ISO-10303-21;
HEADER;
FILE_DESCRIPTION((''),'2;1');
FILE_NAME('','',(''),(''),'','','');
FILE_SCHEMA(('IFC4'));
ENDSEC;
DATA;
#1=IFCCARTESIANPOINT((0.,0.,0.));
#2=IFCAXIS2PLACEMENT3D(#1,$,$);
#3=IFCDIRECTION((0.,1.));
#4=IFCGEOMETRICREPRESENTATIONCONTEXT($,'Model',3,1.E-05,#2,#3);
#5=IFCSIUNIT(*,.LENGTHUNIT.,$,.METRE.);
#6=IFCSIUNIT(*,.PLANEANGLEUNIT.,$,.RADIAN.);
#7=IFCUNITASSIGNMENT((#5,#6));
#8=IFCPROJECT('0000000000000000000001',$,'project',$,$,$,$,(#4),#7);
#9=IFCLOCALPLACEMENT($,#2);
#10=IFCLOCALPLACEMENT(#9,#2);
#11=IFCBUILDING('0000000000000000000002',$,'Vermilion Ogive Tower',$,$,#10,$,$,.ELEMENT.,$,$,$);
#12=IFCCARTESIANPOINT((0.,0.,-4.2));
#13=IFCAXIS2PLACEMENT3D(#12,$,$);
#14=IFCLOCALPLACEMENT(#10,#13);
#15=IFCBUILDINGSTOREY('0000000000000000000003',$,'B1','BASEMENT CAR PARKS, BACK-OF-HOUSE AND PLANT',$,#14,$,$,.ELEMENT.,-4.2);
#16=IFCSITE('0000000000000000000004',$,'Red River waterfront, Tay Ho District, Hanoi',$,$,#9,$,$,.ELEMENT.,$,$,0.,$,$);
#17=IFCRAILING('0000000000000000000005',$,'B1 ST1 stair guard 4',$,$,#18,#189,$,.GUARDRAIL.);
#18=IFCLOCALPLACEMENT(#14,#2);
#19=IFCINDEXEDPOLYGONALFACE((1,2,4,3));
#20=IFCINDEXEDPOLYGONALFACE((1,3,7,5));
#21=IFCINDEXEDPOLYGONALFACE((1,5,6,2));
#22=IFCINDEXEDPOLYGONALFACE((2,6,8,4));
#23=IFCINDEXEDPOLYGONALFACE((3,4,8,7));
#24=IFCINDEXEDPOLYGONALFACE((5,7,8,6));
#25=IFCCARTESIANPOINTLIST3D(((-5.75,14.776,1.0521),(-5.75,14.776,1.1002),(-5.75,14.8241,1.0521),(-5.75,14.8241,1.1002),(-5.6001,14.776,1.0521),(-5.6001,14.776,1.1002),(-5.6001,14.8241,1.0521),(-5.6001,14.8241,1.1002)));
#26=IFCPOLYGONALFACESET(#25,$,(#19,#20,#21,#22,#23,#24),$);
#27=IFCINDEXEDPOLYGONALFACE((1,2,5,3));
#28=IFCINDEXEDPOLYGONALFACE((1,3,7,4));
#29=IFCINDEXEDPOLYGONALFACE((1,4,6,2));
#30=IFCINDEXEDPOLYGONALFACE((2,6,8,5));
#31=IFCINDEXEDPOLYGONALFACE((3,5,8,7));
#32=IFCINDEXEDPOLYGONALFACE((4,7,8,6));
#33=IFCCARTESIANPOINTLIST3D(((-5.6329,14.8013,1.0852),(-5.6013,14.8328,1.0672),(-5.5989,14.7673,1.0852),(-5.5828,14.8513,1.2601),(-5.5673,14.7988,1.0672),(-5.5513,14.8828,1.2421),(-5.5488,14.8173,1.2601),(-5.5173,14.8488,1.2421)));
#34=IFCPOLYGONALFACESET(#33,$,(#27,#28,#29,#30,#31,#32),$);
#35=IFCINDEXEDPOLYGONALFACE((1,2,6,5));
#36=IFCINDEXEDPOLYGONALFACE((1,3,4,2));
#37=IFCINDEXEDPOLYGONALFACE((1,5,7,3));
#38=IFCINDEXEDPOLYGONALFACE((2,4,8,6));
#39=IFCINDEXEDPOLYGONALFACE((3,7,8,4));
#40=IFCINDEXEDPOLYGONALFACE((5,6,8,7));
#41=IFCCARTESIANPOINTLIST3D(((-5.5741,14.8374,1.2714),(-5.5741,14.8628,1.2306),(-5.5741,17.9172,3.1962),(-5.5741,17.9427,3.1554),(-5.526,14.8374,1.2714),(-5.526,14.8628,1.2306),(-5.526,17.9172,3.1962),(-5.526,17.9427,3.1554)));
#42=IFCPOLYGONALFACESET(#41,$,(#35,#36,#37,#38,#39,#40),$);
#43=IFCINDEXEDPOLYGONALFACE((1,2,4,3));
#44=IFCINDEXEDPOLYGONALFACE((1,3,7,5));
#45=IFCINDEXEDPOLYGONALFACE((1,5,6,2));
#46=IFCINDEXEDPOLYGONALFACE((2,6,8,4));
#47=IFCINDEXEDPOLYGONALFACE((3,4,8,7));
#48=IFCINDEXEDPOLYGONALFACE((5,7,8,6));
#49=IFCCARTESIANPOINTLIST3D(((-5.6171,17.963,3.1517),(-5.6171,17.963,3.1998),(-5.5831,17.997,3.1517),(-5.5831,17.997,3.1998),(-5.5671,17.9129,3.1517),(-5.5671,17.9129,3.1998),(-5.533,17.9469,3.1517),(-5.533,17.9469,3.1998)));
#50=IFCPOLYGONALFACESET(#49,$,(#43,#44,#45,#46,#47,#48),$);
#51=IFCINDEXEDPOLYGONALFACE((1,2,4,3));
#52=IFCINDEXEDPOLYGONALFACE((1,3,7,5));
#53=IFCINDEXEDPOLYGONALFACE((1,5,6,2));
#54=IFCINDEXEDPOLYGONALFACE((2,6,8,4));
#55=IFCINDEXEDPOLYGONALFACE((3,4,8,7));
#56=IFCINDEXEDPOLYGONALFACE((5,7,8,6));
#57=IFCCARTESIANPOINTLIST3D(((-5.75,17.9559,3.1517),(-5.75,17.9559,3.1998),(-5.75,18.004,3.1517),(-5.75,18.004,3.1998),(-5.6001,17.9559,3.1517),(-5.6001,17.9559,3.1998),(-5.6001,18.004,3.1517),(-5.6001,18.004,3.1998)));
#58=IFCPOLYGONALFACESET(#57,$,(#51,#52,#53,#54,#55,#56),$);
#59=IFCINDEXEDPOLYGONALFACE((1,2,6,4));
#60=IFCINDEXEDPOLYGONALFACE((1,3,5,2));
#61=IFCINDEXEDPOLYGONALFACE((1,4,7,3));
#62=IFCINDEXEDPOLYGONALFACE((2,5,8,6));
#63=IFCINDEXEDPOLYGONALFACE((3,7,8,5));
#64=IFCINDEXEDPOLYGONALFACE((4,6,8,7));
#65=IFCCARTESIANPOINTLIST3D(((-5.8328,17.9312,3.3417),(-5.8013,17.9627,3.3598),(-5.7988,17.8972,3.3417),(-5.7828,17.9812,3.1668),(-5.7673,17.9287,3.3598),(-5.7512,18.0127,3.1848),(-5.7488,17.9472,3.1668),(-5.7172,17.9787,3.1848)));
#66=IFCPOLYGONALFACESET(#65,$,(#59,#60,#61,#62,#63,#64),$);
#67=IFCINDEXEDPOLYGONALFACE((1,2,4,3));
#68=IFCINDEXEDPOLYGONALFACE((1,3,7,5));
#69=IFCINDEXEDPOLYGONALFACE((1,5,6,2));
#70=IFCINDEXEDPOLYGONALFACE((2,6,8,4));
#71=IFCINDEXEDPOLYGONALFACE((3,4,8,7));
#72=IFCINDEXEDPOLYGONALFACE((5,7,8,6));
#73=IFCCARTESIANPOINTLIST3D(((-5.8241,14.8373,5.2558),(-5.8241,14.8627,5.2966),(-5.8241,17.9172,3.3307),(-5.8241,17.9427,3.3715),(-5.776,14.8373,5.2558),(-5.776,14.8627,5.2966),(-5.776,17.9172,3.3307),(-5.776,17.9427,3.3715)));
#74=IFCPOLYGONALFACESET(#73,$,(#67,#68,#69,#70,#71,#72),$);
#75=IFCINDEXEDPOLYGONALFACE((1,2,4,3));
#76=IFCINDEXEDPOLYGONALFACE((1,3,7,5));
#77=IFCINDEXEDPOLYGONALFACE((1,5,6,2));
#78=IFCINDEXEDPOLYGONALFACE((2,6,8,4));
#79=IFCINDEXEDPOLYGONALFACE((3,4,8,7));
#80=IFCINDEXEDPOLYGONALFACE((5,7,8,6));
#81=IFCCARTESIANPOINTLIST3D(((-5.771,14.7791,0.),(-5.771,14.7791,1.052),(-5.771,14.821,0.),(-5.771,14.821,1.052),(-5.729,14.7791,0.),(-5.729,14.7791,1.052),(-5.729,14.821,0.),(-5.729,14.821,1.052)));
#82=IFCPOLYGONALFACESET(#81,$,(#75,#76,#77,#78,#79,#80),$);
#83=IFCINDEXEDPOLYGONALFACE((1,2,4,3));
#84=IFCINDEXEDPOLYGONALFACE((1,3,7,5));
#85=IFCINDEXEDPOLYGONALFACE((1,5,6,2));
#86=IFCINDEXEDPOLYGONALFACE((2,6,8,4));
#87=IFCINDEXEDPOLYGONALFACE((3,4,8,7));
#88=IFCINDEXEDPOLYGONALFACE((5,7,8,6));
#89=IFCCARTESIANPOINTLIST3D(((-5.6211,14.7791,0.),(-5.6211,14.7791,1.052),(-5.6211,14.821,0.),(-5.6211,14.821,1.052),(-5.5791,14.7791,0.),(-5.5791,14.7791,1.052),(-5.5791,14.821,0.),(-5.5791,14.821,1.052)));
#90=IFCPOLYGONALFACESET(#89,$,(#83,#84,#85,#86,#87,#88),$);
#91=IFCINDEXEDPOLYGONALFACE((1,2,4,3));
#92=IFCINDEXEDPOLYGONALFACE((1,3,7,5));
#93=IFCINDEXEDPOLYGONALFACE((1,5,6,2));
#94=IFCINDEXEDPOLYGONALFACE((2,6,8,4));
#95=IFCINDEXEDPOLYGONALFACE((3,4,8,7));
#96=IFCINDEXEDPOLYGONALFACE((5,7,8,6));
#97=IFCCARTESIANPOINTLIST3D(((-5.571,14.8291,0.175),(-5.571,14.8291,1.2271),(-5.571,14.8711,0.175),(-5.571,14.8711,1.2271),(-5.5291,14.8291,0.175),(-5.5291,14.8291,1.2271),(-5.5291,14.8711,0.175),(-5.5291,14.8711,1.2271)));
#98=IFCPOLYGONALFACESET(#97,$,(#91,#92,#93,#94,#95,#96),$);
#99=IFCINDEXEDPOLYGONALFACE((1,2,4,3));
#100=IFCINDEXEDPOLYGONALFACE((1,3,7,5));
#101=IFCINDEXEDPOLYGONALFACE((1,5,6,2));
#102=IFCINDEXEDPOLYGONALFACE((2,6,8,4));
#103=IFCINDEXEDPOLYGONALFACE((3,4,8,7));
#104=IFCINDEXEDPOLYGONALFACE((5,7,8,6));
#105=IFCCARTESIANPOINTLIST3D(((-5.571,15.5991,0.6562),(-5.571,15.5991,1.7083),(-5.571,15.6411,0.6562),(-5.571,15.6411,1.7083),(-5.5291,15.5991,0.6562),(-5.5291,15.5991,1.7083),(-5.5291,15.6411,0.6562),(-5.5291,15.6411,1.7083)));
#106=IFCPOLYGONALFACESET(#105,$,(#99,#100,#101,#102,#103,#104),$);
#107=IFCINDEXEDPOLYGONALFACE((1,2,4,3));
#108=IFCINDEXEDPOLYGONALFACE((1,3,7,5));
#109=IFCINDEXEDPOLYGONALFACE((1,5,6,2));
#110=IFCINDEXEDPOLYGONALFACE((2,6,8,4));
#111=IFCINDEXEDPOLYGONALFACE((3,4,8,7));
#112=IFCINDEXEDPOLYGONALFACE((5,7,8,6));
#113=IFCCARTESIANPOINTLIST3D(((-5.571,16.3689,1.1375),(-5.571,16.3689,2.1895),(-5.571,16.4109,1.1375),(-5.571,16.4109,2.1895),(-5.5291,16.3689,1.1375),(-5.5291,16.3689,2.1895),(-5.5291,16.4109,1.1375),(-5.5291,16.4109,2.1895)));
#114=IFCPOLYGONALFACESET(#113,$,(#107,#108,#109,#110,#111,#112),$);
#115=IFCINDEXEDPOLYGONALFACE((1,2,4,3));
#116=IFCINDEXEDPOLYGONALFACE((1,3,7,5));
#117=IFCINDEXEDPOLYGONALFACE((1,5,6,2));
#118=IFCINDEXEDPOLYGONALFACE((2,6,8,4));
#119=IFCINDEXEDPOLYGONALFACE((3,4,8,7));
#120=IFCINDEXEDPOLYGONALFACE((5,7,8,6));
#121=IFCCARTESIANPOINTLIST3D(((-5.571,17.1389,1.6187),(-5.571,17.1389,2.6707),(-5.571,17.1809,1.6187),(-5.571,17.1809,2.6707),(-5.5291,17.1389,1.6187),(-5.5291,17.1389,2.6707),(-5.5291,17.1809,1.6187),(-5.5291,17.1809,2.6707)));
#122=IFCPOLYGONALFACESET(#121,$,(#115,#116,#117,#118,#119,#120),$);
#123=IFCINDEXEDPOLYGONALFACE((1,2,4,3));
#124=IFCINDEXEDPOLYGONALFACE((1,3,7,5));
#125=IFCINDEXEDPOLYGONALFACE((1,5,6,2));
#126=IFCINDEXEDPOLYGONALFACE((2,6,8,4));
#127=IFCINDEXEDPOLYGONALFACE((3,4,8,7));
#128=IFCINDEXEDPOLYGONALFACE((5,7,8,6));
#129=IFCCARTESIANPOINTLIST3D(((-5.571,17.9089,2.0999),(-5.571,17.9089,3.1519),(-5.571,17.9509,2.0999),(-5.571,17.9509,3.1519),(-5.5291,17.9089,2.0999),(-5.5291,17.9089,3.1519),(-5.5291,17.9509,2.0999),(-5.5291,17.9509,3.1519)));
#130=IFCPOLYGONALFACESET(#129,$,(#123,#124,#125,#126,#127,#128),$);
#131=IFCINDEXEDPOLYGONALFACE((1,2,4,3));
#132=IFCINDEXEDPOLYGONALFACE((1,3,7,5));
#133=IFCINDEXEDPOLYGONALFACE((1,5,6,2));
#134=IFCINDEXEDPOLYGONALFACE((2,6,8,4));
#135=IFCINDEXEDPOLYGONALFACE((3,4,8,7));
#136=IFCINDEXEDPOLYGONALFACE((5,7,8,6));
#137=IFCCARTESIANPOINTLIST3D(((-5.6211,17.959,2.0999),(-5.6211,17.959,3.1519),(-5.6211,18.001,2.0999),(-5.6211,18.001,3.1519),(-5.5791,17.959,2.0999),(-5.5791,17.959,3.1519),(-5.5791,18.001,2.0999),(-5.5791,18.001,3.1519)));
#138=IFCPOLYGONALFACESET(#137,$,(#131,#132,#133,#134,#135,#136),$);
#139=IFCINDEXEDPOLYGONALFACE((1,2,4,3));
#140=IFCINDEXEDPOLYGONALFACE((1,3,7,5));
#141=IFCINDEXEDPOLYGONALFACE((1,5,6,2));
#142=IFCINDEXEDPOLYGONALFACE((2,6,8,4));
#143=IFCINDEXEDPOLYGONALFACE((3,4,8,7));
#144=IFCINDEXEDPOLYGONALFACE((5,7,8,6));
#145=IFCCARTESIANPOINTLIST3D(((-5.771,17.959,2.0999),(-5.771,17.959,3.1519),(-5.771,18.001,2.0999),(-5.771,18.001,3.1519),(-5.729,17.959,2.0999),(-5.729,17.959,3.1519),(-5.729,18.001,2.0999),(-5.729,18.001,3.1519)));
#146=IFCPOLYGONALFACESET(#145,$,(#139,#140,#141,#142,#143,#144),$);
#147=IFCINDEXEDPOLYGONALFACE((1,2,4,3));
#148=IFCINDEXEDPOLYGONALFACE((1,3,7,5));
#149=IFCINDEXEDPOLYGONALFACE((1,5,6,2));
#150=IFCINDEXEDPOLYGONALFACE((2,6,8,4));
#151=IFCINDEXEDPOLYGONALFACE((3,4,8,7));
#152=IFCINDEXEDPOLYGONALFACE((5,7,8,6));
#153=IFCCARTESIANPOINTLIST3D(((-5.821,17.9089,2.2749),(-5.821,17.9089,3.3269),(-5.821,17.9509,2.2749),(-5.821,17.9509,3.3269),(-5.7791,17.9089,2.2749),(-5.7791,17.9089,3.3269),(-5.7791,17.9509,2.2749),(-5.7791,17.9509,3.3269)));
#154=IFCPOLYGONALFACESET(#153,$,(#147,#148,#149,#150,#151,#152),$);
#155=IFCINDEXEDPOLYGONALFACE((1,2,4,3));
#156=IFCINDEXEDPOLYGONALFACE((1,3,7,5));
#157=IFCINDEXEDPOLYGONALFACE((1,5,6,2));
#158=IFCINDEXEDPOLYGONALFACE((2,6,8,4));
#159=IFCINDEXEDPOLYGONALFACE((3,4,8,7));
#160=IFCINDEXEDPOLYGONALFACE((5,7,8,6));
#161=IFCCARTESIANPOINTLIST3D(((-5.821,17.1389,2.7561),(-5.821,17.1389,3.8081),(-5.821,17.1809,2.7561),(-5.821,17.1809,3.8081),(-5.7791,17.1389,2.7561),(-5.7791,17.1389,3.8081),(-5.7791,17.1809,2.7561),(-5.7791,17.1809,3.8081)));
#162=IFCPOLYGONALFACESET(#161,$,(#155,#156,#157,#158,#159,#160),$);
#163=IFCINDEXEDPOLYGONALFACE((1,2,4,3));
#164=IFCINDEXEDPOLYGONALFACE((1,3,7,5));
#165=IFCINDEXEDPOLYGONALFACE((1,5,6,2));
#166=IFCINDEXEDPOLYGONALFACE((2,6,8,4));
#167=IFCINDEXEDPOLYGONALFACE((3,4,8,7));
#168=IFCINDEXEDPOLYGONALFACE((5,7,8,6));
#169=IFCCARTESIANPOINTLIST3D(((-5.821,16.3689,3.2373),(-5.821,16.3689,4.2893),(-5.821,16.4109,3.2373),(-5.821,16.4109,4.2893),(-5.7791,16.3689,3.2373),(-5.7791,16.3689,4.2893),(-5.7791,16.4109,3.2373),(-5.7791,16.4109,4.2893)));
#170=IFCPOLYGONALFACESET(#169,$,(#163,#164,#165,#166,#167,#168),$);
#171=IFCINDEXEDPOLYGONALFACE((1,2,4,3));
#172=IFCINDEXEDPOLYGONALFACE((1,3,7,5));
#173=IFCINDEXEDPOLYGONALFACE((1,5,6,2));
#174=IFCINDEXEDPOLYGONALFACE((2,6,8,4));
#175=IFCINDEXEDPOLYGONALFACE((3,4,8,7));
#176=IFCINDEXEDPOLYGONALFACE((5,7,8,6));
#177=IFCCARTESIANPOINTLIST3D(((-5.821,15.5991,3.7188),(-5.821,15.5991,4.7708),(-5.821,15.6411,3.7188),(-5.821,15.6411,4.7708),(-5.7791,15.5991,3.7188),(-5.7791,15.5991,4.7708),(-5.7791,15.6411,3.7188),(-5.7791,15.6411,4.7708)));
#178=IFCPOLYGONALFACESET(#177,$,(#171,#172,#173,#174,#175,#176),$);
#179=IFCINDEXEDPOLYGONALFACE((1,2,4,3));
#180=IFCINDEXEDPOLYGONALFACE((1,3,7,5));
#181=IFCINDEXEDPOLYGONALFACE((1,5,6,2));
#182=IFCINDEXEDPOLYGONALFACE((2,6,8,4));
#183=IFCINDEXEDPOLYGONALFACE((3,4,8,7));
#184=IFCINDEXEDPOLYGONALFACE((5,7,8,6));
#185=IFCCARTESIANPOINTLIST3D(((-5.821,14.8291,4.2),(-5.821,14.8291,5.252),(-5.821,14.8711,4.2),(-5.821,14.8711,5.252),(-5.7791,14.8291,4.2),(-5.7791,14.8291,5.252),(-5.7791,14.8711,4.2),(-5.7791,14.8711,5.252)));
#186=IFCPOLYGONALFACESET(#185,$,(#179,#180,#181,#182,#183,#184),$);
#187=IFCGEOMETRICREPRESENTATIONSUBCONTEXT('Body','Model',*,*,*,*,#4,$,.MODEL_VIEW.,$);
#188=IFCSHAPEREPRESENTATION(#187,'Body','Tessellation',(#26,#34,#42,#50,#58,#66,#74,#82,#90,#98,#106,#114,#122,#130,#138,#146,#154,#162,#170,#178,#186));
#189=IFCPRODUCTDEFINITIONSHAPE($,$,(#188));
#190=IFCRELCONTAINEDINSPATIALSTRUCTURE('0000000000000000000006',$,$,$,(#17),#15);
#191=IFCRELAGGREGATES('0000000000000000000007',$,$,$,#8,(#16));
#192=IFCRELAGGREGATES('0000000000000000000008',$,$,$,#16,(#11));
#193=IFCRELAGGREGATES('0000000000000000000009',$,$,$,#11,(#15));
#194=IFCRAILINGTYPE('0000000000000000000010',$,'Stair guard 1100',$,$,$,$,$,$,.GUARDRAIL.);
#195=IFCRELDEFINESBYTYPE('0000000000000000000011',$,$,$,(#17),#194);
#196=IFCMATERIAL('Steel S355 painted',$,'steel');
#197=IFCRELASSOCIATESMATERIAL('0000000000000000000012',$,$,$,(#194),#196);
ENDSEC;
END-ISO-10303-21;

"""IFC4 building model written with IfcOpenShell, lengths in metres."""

from ifc_helpers import new_model, si_unit, direction, frame, origin, origin_2d, place, context, subcontext, project, spatial, rectangle, extrude, material, type_object, element, save


model = new_model("IFC4")

# Units and contexts
model_context = context("Model", 3, precision=1e-05, world=origin(), true_north=direction((0.0, 1.0)))
body_context = subcontext(model_context, "Body", "Model", "MODEL_VIEW")
ifc_project = project(units=[si_unit("LENGTHUNIT", "METRE"), si_unit("PLANEANGLEUNIT", "RADIAN")], contexts=[model_context])

# Site, building, storey
site_placement = place(None, origin())
site = spatial("IfcSite", under=ifc_project, at=site_placement, Name="Red River waterfront, Tay Ho District, Hanoi", CompositionType="ELEMENT", RefElevation=0.0)
building_placement = place(site_placement, origin())
building = spatial("IfcBuilding", under=site, at=building_placement, Name="Vermilion Ogive Tower", CompositionType="ELEMENT")
storey_placement = place(building_placement, frame((0.0, 0.0, -4.2)))
storey = spatial("IfcBuildingStorey", under=building, at=storey_placement, Name="B1", Description="BASEMENT CAR PARKS, BACK-OF-HOUSE AND PLANT", CompositionType="ELEMENT", Elevation=-4.2)

# Railing
ifc_material_1 = material(Name="Steel S355 painted", Category="steel")
railing_type_1 = type_object("IfcRailingType", Name="Stair guard 1100", PredefinedType="GUARDRAIL", material=ifc_material_1)
railing_1_placement = place(storey_placement, frame((-5.75, 14.8, 0.0)))
element("IfcRailing", 1, at=railing_1_placement, inside=storey, type_object=railing_type_1, Name="B1 ST1 stair guard 4", PredefinedType="GUARDRAIL", context=body_context, shape_type="SweptSolid", body=[
    extrude(rectangle(XDim=0.0481, YDim=0.0481, at=origin_2d()), frame((0.0, 0.0, 1.0762), z_axis=(1.0, 0.0, 0.0), x_axis=(0.0, 1.0, 0.0)), (0.0, 0.0, 1.0), 0.1499),
    extrude(rectangle(XDim=0.0481, YDim=0.0481, at=origin_2d()), frame((0.1499, 0.0, 1.0762), z_axis=(0.265065, 0.265065, 0.927082), x_axis=(-0.707107, 0.707107, 0.0)), (0.0, 0.0, 1.0), 0.1887),
    extrude(rectangle(XDim=0.0481, YDim=0.0481, at=origin_2d()), frame((0.2, 0.05, 1.251), z_axis=(0.0, 0.84801, 0.529981), x_axis=(-1.0, 0.0, 0.0)), (0.0, 0.0, 1.0), 3.6318),
    extrude(rectangle(XDim=0.0481, YDim=0.0481, at=origin_2d()), frame((0.2, 3.1299, 3.1758), z_axis=(-0.707107, 0.707107, 0.0), x_axis=(-0.707107, -0.707107, 0.0)), (0.0, 0.0, 1.0), 0.0708),
    extrude(rectangle(XDim=0.0481, YDim=0.0481, at=origin_2d()), frame((0.1499, 3.1799, 3.1758), z_axis=(-1.0, 0.0, 0.0), x_axis=(0.0, -1.0, 0.0)), (0.0, 0.0, 1.0), 0.1499),
    extrude(rectangle(XDim=0.0481, YDim=0.0481, at=origin_2d()), frame((0.0, 3.1799, 3.1758), z_axis=(-0.265065, -0.265065, 0.927082), x_axis=(0.707107, -0.707107, 0.0)), (0.0, 0.0, 1.0), 0.1887),
    extrude(rectangle(XDim=0.0481, YDim=0.0481, at=origin_2d()), frame((-0.05, 3.1299, 3.3511), z_axis=(0.0, -0.847979, 0.530029), x_axis=(1.0, 0.0, 0.0)), (0.0, 0.0, 1.0), 3.6321),
    extrude(rectangle(XDim=0.042, YDim=0.042, at=origin_2d()), origin(), (0.0, 0.0, 1.0), 1.052),
    extrude(rectangle(XDim=0.042, YDim=0.042, at=origin_2d()), frame((0.1499, 0.0, 0.0)), (0.0, 0.0, 1.0), 1.052),
    extrude(rectangle(XDim=0.042, YDim=0.042, at=origin_2d()), frame((0.2, 0.05, 0.175)), (0.0, 0.0, 1.0), 1.052),
    extrude(rectangle(XDim=0.042, YDim=0.042, at=origin_2d()), frame((0.2, 0.8201, 0.6562)), (0.0, 0.0, 1.0), 1.052),
    extrude(rectangle(XDim=0.042, YDim=0.042, at=origin_2d()), frame((0.2, 1.5898, 1.1375)), (0.0, 0.0, 1.0), 1.052),
    extrude(rectangle(XDim=0.042, YDim=0.042, at=origin_2d()), frame((0.2, 2.3599, 1.6187)), (0.0, 0.0, 1.0), 1.052),
    extrude(rectangle(XDim=0.042, YDim=0.042, at=origin_2d()), frame((0.2, 3.1299, 2.0999)), (0.0, 0.0, 1.0), 1.052),
    extrude(rectangle(XDim=0.042, YDim=0.042, at=origin_2d()), frame((0.1499, 3.1799, 2.0999)), (0.0, 0.0, 1.0), 1.052),
    extrude(rectangle(XDim=0.042, YDim=0.042, at=origin_2d()), frame((0.0, 3.1799, 2.0999)), (0.0, 0.0, 1.0), 1.052),
    extrude(rectangle(XDim=0.042, YDim=0.042, at=origin_2d()), frame((-0.05, 3.1299, 2.2749)), (0.0, 0.0, 1.0), 1.052),
    extrude(rectangle(XDim=0.042, YDim=0.042, at=origin_2d()), frame((-0.05, 2.3599, 2.7561)), (0.0, 0.0, 1.0), 1.052),
    extrude(rectangle(XDim=0.042, YDim=0.042, at=origin_2d()), frame((-0.05, 1.5898, 3.2373)), (0.0, 0.0, 1.0), 1.052),
    extrude(rectangle(XDim=0.042, YDim=0.042, at=origin_2d()), frame((-0.05, 0.8201, 3.7188)), (0.0, 0.0, 1.0), 1.052),
    extrude(rectangle(XDim=0.042, YDim=0.042, at=origin_2d()), frame((-0.05, 0.05, 4.2)), (0.0, 0.0, 1.0), 1.052),
])

save(model, "model.ifc")
